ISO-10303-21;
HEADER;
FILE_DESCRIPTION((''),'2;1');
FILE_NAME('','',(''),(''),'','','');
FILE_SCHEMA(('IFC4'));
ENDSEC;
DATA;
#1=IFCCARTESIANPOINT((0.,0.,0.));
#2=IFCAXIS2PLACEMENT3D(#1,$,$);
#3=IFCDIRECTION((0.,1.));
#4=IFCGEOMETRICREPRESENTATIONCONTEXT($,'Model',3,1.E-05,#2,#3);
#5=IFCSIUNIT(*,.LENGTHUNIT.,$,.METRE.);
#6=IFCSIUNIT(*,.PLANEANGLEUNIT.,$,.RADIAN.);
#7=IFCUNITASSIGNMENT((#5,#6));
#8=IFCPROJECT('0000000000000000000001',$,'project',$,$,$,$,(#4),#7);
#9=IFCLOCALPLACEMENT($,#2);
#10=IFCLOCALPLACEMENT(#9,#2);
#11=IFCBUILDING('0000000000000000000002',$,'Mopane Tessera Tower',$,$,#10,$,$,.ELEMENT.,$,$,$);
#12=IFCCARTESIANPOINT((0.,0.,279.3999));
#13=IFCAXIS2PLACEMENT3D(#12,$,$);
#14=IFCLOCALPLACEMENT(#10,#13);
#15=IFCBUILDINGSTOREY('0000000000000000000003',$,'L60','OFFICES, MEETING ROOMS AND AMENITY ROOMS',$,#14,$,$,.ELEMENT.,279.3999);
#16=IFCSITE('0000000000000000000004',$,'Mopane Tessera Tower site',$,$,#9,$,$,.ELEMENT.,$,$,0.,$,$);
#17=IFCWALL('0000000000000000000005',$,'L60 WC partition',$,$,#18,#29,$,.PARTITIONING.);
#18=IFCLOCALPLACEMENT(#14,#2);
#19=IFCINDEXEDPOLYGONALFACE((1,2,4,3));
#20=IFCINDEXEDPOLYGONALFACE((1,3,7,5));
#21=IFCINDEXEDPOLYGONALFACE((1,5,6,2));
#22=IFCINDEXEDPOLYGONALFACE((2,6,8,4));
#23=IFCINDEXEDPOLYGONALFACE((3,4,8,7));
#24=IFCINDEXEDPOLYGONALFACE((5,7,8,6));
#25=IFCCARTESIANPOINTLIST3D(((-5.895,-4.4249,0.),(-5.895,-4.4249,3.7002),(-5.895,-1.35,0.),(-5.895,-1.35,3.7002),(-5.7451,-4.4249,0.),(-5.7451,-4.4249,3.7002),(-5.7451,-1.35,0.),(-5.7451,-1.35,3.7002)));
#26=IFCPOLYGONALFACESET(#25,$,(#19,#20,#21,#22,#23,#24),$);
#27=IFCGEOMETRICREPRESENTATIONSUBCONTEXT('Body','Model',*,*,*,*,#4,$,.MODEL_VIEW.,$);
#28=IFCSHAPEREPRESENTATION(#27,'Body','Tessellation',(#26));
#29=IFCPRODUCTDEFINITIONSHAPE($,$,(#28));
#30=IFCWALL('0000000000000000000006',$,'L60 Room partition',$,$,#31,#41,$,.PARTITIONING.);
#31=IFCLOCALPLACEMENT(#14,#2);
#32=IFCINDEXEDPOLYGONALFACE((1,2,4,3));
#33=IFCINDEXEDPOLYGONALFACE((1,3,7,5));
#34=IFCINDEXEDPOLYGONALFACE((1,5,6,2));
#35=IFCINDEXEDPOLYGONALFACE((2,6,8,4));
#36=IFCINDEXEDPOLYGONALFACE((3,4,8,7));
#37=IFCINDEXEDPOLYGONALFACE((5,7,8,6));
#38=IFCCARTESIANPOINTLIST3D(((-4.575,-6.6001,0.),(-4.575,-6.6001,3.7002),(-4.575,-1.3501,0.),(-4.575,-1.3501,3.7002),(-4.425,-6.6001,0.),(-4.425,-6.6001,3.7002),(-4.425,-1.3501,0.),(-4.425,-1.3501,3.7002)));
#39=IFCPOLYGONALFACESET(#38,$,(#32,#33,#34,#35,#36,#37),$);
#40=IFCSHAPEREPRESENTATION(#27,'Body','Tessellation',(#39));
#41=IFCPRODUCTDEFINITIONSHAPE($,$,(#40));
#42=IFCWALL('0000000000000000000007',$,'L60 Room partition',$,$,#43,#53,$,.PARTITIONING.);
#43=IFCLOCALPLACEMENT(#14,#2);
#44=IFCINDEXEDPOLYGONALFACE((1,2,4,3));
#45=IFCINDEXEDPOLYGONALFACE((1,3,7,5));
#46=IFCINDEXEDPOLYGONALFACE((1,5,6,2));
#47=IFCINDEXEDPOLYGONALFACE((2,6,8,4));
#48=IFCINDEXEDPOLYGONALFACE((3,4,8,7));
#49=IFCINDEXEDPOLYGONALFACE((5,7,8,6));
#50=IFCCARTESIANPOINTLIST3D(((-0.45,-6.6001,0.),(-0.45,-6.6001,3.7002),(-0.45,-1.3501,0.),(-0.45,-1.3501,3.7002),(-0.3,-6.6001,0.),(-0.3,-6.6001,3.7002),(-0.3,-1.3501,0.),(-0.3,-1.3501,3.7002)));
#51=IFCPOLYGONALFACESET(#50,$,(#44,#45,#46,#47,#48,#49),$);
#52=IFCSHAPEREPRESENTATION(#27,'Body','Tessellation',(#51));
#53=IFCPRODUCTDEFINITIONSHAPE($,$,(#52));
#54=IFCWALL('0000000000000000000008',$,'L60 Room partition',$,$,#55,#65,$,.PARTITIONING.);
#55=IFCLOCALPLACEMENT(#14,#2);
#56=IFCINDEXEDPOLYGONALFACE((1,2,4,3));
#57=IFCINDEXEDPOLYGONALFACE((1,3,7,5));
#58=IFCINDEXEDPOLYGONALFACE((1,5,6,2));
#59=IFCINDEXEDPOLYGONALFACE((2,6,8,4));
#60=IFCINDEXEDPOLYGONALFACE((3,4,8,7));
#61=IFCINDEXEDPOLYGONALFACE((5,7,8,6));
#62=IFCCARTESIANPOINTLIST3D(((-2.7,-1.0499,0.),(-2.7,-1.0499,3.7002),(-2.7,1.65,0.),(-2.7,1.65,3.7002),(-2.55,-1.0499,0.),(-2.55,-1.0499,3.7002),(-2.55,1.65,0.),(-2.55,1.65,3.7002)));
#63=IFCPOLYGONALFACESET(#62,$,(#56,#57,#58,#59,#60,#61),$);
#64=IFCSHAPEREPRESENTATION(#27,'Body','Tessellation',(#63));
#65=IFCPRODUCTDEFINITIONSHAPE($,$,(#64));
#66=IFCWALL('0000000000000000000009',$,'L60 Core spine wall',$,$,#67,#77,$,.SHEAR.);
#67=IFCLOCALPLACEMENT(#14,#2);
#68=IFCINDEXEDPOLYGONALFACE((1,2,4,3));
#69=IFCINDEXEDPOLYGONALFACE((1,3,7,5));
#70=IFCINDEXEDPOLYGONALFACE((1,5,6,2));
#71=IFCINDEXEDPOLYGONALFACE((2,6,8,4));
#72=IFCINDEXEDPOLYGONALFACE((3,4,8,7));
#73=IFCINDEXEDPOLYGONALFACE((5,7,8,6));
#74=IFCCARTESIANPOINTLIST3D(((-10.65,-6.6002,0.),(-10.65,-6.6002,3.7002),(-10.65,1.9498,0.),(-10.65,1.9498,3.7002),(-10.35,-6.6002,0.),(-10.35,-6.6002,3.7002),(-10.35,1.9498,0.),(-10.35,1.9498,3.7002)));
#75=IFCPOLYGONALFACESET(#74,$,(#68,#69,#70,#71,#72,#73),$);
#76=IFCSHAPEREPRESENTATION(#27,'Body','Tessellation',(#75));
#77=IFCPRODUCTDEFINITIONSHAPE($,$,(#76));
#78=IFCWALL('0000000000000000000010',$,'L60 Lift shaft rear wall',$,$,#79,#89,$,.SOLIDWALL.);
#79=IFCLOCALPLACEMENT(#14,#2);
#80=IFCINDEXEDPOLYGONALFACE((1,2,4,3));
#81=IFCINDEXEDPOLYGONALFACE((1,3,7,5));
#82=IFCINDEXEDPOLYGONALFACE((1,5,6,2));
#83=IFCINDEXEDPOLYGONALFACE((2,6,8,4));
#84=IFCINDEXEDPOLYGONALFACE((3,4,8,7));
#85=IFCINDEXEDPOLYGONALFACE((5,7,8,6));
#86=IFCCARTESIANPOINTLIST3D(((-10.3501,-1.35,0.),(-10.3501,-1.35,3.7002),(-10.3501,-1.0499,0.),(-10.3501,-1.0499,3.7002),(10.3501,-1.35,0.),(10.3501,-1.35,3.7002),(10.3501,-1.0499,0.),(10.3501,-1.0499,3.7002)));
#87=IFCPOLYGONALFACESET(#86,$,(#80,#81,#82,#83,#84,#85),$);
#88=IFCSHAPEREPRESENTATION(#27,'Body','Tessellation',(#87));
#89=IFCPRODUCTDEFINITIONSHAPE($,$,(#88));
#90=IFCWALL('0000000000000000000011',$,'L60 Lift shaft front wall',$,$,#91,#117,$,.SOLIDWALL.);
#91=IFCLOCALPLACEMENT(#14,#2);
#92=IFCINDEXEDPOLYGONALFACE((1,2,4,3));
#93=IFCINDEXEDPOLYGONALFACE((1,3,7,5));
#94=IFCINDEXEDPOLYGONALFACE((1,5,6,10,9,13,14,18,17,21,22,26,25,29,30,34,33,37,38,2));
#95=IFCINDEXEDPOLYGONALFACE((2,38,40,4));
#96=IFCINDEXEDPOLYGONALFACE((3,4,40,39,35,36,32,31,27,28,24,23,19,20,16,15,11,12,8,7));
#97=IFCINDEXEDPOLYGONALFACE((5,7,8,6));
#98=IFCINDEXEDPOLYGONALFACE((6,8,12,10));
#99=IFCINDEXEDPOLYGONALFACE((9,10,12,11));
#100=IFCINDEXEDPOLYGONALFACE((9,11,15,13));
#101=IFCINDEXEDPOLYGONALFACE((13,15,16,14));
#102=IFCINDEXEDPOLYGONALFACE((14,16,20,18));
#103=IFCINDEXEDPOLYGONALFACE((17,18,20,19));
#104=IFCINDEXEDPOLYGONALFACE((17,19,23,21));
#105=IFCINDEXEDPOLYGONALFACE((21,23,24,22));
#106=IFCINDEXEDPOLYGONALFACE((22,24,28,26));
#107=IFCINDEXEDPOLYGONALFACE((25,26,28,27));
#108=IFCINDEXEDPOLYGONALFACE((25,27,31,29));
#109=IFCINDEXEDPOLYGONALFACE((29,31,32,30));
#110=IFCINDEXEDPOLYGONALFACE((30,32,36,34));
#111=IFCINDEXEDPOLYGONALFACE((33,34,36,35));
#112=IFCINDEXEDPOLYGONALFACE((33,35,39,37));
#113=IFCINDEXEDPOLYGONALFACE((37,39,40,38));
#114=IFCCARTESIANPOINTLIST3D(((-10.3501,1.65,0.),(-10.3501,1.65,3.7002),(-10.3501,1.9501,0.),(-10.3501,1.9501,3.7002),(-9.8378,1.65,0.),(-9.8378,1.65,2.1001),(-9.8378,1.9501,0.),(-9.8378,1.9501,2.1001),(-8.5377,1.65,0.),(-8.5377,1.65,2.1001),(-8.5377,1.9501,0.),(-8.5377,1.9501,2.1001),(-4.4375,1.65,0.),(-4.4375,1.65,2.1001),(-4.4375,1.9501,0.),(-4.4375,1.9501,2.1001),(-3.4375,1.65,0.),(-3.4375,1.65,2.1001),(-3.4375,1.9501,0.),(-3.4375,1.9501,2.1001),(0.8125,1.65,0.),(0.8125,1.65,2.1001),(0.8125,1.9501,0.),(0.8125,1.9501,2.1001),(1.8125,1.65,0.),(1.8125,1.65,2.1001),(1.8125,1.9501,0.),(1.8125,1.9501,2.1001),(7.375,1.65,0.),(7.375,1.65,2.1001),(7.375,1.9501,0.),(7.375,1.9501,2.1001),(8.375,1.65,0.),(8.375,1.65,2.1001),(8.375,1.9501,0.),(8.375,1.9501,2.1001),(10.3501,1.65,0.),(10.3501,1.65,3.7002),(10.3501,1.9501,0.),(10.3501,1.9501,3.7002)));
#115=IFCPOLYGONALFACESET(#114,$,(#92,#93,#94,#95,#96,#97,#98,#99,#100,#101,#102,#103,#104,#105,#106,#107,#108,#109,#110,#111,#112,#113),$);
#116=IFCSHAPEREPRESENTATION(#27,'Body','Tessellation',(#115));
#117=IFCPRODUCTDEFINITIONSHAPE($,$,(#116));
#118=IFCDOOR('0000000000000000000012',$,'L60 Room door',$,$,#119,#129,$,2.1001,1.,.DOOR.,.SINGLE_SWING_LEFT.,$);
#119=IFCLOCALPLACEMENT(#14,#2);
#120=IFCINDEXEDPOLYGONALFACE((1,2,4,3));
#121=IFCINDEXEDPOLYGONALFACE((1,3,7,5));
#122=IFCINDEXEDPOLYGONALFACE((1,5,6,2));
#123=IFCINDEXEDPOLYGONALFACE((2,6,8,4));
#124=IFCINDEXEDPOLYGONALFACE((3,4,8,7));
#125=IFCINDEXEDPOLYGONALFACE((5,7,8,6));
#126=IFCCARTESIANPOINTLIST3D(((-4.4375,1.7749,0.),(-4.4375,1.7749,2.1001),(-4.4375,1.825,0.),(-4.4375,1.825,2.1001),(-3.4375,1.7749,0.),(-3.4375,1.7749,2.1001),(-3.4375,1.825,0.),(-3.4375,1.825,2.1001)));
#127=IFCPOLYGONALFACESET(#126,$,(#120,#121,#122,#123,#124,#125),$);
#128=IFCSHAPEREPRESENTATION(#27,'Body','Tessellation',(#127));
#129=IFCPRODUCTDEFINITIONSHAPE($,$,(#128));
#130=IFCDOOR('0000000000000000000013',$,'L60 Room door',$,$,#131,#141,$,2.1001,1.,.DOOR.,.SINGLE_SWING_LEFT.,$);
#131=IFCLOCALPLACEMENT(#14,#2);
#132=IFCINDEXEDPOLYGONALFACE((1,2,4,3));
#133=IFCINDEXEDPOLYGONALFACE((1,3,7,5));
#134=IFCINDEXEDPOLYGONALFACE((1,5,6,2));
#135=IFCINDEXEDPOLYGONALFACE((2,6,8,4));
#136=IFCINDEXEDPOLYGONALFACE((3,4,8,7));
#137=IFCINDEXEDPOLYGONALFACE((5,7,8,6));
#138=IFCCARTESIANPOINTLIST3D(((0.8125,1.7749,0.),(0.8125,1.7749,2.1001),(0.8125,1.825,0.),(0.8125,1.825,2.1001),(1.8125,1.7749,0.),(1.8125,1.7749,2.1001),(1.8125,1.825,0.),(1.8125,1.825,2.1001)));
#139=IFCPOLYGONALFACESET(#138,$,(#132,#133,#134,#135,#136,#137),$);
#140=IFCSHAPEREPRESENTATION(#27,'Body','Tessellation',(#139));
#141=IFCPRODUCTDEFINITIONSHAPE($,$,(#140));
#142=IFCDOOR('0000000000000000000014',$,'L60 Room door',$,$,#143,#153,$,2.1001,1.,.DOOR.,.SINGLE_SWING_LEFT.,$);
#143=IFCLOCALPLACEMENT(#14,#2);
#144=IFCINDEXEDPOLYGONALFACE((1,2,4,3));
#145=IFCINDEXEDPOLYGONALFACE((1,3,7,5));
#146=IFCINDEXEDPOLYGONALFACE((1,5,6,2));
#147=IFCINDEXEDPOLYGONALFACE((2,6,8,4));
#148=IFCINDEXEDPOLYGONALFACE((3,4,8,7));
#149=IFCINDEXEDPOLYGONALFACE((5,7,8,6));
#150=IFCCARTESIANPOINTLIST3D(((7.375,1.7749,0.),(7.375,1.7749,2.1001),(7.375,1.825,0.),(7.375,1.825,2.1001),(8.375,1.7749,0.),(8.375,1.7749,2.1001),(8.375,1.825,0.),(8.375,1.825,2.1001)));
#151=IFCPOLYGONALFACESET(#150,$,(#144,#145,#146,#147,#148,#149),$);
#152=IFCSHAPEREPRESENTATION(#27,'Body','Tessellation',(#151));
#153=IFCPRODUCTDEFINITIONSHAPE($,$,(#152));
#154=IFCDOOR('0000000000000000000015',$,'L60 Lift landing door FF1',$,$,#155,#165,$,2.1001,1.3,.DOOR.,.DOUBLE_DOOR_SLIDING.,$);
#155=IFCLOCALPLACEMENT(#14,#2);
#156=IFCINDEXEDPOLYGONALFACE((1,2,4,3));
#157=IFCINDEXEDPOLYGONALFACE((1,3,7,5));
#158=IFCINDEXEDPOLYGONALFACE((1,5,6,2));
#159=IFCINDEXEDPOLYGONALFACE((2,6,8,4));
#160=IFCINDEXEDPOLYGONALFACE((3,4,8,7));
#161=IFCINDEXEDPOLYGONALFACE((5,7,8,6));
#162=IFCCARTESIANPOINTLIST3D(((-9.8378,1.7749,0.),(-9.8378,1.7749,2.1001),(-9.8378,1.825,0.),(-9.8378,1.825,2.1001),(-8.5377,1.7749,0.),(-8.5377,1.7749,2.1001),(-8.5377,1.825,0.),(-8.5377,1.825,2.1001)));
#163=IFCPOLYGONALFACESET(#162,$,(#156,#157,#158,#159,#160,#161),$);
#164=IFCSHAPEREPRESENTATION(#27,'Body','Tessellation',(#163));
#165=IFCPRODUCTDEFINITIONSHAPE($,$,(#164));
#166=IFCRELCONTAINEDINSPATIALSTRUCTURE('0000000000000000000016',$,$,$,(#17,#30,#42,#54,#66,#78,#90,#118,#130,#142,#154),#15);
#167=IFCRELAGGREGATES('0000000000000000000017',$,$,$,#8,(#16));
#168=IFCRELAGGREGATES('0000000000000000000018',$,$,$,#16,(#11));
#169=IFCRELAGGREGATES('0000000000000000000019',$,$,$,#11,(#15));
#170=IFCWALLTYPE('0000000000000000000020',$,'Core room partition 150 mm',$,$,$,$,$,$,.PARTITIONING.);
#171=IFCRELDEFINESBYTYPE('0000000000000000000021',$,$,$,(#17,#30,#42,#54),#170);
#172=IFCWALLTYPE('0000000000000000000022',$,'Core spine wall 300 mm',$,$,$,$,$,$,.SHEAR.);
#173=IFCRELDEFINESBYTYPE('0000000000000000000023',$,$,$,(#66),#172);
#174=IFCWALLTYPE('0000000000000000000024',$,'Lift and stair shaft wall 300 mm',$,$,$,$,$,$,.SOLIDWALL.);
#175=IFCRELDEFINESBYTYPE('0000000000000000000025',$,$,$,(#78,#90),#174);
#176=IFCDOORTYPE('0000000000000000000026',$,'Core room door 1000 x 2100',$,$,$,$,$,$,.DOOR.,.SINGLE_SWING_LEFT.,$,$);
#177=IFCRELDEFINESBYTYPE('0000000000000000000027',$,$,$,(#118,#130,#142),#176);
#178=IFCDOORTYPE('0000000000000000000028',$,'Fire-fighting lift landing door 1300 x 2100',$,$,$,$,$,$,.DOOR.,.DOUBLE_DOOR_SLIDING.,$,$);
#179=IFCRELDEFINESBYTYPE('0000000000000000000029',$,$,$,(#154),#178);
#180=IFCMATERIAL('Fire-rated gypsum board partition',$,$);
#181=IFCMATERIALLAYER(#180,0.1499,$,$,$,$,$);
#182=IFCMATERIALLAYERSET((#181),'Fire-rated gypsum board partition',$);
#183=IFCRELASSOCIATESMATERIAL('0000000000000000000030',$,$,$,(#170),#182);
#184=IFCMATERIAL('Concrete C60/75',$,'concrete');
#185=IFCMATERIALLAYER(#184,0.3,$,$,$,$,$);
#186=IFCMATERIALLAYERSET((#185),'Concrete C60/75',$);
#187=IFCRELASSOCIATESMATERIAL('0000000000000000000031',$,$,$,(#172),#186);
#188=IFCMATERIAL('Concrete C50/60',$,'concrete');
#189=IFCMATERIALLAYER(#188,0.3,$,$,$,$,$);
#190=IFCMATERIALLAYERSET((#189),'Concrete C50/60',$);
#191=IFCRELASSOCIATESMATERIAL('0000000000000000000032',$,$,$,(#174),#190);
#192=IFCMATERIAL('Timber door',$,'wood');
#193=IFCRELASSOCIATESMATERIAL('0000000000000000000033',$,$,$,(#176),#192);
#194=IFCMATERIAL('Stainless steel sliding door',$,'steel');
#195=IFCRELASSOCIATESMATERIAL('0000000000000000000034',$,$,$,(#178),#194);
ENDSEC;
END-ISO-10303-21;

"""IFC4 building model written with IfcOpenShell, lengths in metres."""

from ifc_helpers import new_model, si_unit, direction, frame, frame_2d, origin, place, context, subcontext, project, spatial, rectangle, extrude, material, layer, layer_set, type_object, element, fill, save


model = new_model("IFC4")

# Units and contexts
model_context = context("Model", 3, precision=1e-05, world=origin(), true_north=direction((0.0, 1.0)))
body_context = subcontext(model_context, "Body", "Model", "MODEL_VIEW")
ifc_project = project(units=[si_unit("LENGTHUNIT", "METRE"), si_unit("PLANEANGLEUNIT", "RADIAN")], contexts=[model_context])

# Site, building, storey
site_placement = place(None, origin())
site = spatial("IfcSite", under=ifc_project, at=site_placement, Name="Mopane Tessera Tower site", CompositionType="ELEMENT", RefElevation=0.0)
building_placement = place(site_placement, origin())
building = spatial("IfcBuilding", under=site, at=building_placement, Name="Mopane Tessera Tower", CompositionType="ELEMENT")
storey_placement = place(building_placement, frame((0.0, 0.0, 279.3999)))
storey = spatial("IfcBuildingStorey", under=building, at=storey_placement, Name="L60", Description="OFFICES, MEETING ROOMS AND AMENITY ROOMS", CompositionType="ELEMENT", Elevation=279.3999)

# Shared definitions
ifc_material_1 = material(Name="Fire-rated gypsum board partition")
ifc_layer_1 = layer(ifc_material_1, 0.1499)
ifc_layer_set_1 = layer_set([ifc_layer_1], Name="Fire-rated gypsum board partition")
wall_type_1 = type_object("IfcWallType", Name="Core room partition 150 mm", PredefinedType="PARTITIONING", material=ifc_layer_set_1)

# Walls
for number, where, z_axis, x_axis, name in (
    (1, (-5.8201, -4.425, 0.0), (0.0, 0.0, 1.0), (0.0, 1.0, 0.0), "L60 WC partition"),
):
    element("IfcWall", number, at=place(storey_placement, frame(where, z_axis=z_axis, x_axis=x_axis)), inside=storey, type_object=wall_type_1, Name=name, PredefinedType="PARTITIONING", context=body_context, shape_type="SweptSolid", body=[
        extrude(rectangle(XDim=3.075, YDim=0.1499, at=frame_2d((1.5376, 0.0))), origin(), (0.0, 0.0, 1.0), 3.7002),
    ])
for number, where, z_axis, x_axis, name in (
    (2, (-4.5, -6.6001, 0.0), (0.0, 0.0, 1.0), (0.0, 1.0, 0.0), "L60 Room partition"),
    (3, (-0.375, -6.6001, 0.0), (0.0, 0.0, 1.0), (0.0, 1.0, 0.0), "L60 Room partition"),
):
    element("IfcWall", number, at=place(storey_placement, frame(where, z_axis=z_axis, x_axis=x_axis)), inside=storey, type_object=wall_type_1, Name=name, PredefinedType="PARTITIONING", context=body_context, shape_type="SweptSolid", body=[
        extrude(rectangle(XDim=5.25, YDim=0.1499, at=frame_2d((2.625, 0.0))), origin(), (0.0, 0.0, 1.0), 3.7002),
    ])
wall_1_placement = place(storey_placement, frame((-2.625, -1.05, 0.0), z_axis=(0.0, 0.0, 1.0), x_axis=(0.0, 1.0, 0.0)))
element("IfcWall", 4, at=wall_1_placement, inside=storey, type_object=wall_type_1, Name="L60 Room partition", PredefinedType="PARTITIONING", context=body_context, shape_type="SweptSolid", body=[
    extrude(rectangle(XDim=2.7, YDim=0.1499, at=frame_2d((1.3501, 0.0))), origin(), (0.0, 0.0, 1.0), 3.7002),
])
ifc_material_2 = material(Name="Concrete C60/75", Category="concrete")
ifc_layer_2 = layer(ifc_material_2, 0.3)
ifc_layer_set_2 = layer_set([ifc_layer_2], Name="Concrete C60/75")
wall_type_2 = type_object("IfcWallType", Name="Core spine wall 300 mm", PredefinedType="SHEAR", material=ifc_layer_set_2)
wall_2_placement = place(storey_placement, frame((-10.5, -6.6001, 0.0), z_axis=(0.0, 0.0, 1.0), x_axis=(0.0, 1.0, 0.0)))
element("IfcWall", 5, at=wall_2_placement, inside=storey, type_object=wall_type_2, Name="L60 Core spine wall", PredefinedType="SHEAR", context=body_context, shape_type="SweptSolid", body=[
    extrude(rectangle(XDim=8.55, YDim=0.3, at=frame_2d((4.2749, 0.0))), origin(), (0.0, 0.0, 1.0), 3.7002),
])
ifc_material_3 = material(Name="Concrete C50/60", Category="concrete")
ifc_layer_3 = layer(ifc_material_3, 0.3)
ifc_layer_set_3 = layer_set([ifc_layer_3], Name="Concrete C50/60")
wall_type_3 = type_object("IfcWallType", Name="Lift and stair shaft wall 300 mm", PredefinedType="SOLIDWALL", material=ifc_layer_set_3)
wall_3_placement = place(storey_placement, frame((-10.3501, -1.2, 0.0), z_axis=(0.0, 0.0, 1.0), x_axis=(1.0, 0.0, 0.0)))
element("IfcWall", 6, at=wall_3_placement, inside=storey, type_object=wall_type_3, Name="L60 Lift shaft rear wall", PredefinedType="SOLIDWALL", context=body_context, shape_type="SweptSolid", body=[
    extrude(rectangle(XDim=20.7002, YDim=0.3, at=frame_2d((10.3501, 0.0))), origin(), (0.0, 0.0, 1.0), 3.7002),
])

# Wall, openings, doors
wall_4_placement = place(storey_placement, frame((-10.3501, 1.8, 0.0), z_axis=(0.0, 0.0, 1.0), x_axis=(1.0, 0.0, 0.0)))
wall_4 = element("IfcWall", 7, at=wall_4_placement, inside=storey, type_object=wall_type_3, Name="L60 Lift shaft front wall", PredefinedType="SOLIDWALL", context=body_context, shape_type="SweptSolid", body=[
    extrude(rectangle(XDim=20.7002, YDim=0.3, at=frame_2d((10.3501, 0.0))), origin(), (0.0, 0.0, 1.0), 3.7002),
])
opening_1_placement = place(wall_4_placement, frame((0.5125, 0.0, 0.0)))
opening_1 = element("IfcOpeningElement", 8, at=opening_1_placement, cuts=wall_4, PredefinedType="OPENING", context=body_context, shape_type="SweptSolid", body=[
    extrude(rectangle(XDim=1.3, YDim=2.1001, at=frame_2d((0.6499, 1.05))), frame((0.0, 0.1621, 0.0), z_axis=(0.0, -1.0, 0.0), x_axis=(1.0, 0.0, 0.0)), (0.0, 0.0, 1.0), 0.324),
])
opening_2_placement = place(wall_4_placement, frame((5.9126, 0.0, 0.0)))
opening_2 = element("IfcOpeningElement", 9, at=opening_2_placement, cuts=wall_4, PredefinedType="OPENING", context=body_context, shape_type="SweptSolid", body=[
    extrude(rectangle(XDim=1.0, YDim=2.1001, at=frame_2d((0.5, 1.05))), frame((0.0, 0.1621, 0.0), z_axis=(0.0, -1.0, 0.0), x_axis=(1.0, 0.0, 0.0)), (0.0, 0.0, 1.0), 0.324),
])
opening_3_placement = place(wall_4_placement, frame((11.1626, 0.0, 0.0)))
opening_3 = element("IfcOpeningElement", 10, at=opening_3_placement, cuts=wall_4, PredefinedType="OPENING", context=body_context, shape_type="SweptSolid", body=[
    extrude(rectangle(XDim=1.0, YDim=2.1001, at=frame_2d((0.5, 1.05))), frame((0.0, 0.1621, 0.0), z_axis=(0.0, -1.0, 0.0), x_axis=(1.0, 0.0, 0.0)), (0.0, 0.0, 1.0), 0.324),
])
opening_4_placement = place(wall_4_placement, frame((17.7251, 0.0, 0.0)))
opening_4 = element("IfcOpeningElement", 11, at=opening_4_placement, cuts=wall_4, PredefinedType="OPENING", context=body_context, shape_type="SweptSolid", body=[
    extrude(rectangle(XDim=1.0, YDim=2.1001, at=frame_2d((0.5, 1.05))), frame((0.0, 0.1621, 0.0), z_axis=(0.0, -1.0, 0.0), x_axis=(1.0, 0.0, 0.0)), (0.0, 0.0, 1.0), 0.324),
])
ifc_material_4 = material(Name="Timber door", Category="wood")
door_type_1 = type_object("IfcDoorType", Name="Core room door 1000 x 2100", OperationType="SINGLE_SWING_LEFT", PredefinedType="DOOR", material=ifc_material_4)
door_1_placement = place(opening_2_placement, origin())
door_1 = element("IfcDoor", 12, at=door_1_placement, inside=storey, type_object=door_type_1, Name="L60 Room door", OperationType="SINGLE_SWING_LEFT", OverallHeight=2.1001, OverallWidth=1.0, PredefinedType="DOOR", context=body_context, shape_type="SweptSolid", body=[
    extrude(rectangle(XDim=1.0, YDim=2.1001, at=frame_2d((0.5, 1.05))), frame((0.0, 0.0249, 0.0), z_axis=(0.0, -1.0, 0.0), x_axis=(1.0, 0.0, 0.0)), (0.0, 0.0, 1.0), 0.05),
])
fill(opening_2, door_1)
door_2_placement = place(opening_3_placement, origin())
door_2 = element("IfcDoor", 13, at=door_2_placement, inside=storey, type_object=door_type_1, Name="L60 Room door", OperationType="SINGLE_SWING_LEFT", OverallHeight=2.1001, OverallWidth=1.0, PredefinedType="DOOR", context=body_context, shape_type="SweptSolid", body=[
    extrude(rectangle(XDim=1.0, YDim=2.1001, at=frame_2d((0.5, 1.05))), frame((0.0, 0.0249, 0.0), z_axis=(0.0, -1.0, 0.0), x_axis=(1.0, 0.0, 0.0)), (0.0, 0.0, 1.0), 0.05),
])
fill(opening_3, door_2)
door_3_placement = place(opening_4_placement, origin())
door_3 = element("IfcDoor", 14, at=door_3_placement, inside=storey, type_object=door_type_1, Name="L60 Room door", OperationType="SINGLE_SWING_LEFT", OverallHeight=2.1001, OverallWidth=1.0, PredefinedType="DOOR", context=body_context, shape_type="SweptSolid", body=[
    extrude(rectangle(XDim=1.0, YDim=2.1001, at=frame_2d((0.5, 1.05))), frame((0.0, 0.0249, 0.0), z_axis=(0.0, -1.0, 0.0), x_axis=(1.0, 0.0, 0.0)), (0.0, 0.0, 1.0), 0.05),
])
fill(opening_4, door_3)
ifc_material_5 = material(Name="Stainless steel sliding door", Category="steel")
door_type_2 = type_object("IfcDoorType", Name="Fire-fighting lift landing door 1300 x 2100", OperationType="DOUBLE_DOOR_SLIDING", PredefinedType="DOOR", material=ifc_material_5)
door_4_placement = place(opening_1_placement, origin())
door_4 = element("IfcDoor", 15, at=door_4_placement, inside=storey, type_object=door_type_2, Name="L60 Lift landing door FF1", OperationType="DOUBLE_DOOR_SLIDING", OverallHeight=2.1001, OverallWidth=1.3, PredefinedType="DOOR", context=body_context, shape_type="SweptSolid", body=[
    extrude(rectangle(XDim=1.3, YDim=2.1001, at=frame_2d((0.6499, 1.05))), frame((0.0, 0.0249, 0.0), z_axis=(0.0, -1.0, 0.0), x_axis=(1.0, 0.0, 0.0)), (0.0, 0.0, 1.0), 0.05),
])
fill(opening_1, door_4)

save(model, "model.ifc")
